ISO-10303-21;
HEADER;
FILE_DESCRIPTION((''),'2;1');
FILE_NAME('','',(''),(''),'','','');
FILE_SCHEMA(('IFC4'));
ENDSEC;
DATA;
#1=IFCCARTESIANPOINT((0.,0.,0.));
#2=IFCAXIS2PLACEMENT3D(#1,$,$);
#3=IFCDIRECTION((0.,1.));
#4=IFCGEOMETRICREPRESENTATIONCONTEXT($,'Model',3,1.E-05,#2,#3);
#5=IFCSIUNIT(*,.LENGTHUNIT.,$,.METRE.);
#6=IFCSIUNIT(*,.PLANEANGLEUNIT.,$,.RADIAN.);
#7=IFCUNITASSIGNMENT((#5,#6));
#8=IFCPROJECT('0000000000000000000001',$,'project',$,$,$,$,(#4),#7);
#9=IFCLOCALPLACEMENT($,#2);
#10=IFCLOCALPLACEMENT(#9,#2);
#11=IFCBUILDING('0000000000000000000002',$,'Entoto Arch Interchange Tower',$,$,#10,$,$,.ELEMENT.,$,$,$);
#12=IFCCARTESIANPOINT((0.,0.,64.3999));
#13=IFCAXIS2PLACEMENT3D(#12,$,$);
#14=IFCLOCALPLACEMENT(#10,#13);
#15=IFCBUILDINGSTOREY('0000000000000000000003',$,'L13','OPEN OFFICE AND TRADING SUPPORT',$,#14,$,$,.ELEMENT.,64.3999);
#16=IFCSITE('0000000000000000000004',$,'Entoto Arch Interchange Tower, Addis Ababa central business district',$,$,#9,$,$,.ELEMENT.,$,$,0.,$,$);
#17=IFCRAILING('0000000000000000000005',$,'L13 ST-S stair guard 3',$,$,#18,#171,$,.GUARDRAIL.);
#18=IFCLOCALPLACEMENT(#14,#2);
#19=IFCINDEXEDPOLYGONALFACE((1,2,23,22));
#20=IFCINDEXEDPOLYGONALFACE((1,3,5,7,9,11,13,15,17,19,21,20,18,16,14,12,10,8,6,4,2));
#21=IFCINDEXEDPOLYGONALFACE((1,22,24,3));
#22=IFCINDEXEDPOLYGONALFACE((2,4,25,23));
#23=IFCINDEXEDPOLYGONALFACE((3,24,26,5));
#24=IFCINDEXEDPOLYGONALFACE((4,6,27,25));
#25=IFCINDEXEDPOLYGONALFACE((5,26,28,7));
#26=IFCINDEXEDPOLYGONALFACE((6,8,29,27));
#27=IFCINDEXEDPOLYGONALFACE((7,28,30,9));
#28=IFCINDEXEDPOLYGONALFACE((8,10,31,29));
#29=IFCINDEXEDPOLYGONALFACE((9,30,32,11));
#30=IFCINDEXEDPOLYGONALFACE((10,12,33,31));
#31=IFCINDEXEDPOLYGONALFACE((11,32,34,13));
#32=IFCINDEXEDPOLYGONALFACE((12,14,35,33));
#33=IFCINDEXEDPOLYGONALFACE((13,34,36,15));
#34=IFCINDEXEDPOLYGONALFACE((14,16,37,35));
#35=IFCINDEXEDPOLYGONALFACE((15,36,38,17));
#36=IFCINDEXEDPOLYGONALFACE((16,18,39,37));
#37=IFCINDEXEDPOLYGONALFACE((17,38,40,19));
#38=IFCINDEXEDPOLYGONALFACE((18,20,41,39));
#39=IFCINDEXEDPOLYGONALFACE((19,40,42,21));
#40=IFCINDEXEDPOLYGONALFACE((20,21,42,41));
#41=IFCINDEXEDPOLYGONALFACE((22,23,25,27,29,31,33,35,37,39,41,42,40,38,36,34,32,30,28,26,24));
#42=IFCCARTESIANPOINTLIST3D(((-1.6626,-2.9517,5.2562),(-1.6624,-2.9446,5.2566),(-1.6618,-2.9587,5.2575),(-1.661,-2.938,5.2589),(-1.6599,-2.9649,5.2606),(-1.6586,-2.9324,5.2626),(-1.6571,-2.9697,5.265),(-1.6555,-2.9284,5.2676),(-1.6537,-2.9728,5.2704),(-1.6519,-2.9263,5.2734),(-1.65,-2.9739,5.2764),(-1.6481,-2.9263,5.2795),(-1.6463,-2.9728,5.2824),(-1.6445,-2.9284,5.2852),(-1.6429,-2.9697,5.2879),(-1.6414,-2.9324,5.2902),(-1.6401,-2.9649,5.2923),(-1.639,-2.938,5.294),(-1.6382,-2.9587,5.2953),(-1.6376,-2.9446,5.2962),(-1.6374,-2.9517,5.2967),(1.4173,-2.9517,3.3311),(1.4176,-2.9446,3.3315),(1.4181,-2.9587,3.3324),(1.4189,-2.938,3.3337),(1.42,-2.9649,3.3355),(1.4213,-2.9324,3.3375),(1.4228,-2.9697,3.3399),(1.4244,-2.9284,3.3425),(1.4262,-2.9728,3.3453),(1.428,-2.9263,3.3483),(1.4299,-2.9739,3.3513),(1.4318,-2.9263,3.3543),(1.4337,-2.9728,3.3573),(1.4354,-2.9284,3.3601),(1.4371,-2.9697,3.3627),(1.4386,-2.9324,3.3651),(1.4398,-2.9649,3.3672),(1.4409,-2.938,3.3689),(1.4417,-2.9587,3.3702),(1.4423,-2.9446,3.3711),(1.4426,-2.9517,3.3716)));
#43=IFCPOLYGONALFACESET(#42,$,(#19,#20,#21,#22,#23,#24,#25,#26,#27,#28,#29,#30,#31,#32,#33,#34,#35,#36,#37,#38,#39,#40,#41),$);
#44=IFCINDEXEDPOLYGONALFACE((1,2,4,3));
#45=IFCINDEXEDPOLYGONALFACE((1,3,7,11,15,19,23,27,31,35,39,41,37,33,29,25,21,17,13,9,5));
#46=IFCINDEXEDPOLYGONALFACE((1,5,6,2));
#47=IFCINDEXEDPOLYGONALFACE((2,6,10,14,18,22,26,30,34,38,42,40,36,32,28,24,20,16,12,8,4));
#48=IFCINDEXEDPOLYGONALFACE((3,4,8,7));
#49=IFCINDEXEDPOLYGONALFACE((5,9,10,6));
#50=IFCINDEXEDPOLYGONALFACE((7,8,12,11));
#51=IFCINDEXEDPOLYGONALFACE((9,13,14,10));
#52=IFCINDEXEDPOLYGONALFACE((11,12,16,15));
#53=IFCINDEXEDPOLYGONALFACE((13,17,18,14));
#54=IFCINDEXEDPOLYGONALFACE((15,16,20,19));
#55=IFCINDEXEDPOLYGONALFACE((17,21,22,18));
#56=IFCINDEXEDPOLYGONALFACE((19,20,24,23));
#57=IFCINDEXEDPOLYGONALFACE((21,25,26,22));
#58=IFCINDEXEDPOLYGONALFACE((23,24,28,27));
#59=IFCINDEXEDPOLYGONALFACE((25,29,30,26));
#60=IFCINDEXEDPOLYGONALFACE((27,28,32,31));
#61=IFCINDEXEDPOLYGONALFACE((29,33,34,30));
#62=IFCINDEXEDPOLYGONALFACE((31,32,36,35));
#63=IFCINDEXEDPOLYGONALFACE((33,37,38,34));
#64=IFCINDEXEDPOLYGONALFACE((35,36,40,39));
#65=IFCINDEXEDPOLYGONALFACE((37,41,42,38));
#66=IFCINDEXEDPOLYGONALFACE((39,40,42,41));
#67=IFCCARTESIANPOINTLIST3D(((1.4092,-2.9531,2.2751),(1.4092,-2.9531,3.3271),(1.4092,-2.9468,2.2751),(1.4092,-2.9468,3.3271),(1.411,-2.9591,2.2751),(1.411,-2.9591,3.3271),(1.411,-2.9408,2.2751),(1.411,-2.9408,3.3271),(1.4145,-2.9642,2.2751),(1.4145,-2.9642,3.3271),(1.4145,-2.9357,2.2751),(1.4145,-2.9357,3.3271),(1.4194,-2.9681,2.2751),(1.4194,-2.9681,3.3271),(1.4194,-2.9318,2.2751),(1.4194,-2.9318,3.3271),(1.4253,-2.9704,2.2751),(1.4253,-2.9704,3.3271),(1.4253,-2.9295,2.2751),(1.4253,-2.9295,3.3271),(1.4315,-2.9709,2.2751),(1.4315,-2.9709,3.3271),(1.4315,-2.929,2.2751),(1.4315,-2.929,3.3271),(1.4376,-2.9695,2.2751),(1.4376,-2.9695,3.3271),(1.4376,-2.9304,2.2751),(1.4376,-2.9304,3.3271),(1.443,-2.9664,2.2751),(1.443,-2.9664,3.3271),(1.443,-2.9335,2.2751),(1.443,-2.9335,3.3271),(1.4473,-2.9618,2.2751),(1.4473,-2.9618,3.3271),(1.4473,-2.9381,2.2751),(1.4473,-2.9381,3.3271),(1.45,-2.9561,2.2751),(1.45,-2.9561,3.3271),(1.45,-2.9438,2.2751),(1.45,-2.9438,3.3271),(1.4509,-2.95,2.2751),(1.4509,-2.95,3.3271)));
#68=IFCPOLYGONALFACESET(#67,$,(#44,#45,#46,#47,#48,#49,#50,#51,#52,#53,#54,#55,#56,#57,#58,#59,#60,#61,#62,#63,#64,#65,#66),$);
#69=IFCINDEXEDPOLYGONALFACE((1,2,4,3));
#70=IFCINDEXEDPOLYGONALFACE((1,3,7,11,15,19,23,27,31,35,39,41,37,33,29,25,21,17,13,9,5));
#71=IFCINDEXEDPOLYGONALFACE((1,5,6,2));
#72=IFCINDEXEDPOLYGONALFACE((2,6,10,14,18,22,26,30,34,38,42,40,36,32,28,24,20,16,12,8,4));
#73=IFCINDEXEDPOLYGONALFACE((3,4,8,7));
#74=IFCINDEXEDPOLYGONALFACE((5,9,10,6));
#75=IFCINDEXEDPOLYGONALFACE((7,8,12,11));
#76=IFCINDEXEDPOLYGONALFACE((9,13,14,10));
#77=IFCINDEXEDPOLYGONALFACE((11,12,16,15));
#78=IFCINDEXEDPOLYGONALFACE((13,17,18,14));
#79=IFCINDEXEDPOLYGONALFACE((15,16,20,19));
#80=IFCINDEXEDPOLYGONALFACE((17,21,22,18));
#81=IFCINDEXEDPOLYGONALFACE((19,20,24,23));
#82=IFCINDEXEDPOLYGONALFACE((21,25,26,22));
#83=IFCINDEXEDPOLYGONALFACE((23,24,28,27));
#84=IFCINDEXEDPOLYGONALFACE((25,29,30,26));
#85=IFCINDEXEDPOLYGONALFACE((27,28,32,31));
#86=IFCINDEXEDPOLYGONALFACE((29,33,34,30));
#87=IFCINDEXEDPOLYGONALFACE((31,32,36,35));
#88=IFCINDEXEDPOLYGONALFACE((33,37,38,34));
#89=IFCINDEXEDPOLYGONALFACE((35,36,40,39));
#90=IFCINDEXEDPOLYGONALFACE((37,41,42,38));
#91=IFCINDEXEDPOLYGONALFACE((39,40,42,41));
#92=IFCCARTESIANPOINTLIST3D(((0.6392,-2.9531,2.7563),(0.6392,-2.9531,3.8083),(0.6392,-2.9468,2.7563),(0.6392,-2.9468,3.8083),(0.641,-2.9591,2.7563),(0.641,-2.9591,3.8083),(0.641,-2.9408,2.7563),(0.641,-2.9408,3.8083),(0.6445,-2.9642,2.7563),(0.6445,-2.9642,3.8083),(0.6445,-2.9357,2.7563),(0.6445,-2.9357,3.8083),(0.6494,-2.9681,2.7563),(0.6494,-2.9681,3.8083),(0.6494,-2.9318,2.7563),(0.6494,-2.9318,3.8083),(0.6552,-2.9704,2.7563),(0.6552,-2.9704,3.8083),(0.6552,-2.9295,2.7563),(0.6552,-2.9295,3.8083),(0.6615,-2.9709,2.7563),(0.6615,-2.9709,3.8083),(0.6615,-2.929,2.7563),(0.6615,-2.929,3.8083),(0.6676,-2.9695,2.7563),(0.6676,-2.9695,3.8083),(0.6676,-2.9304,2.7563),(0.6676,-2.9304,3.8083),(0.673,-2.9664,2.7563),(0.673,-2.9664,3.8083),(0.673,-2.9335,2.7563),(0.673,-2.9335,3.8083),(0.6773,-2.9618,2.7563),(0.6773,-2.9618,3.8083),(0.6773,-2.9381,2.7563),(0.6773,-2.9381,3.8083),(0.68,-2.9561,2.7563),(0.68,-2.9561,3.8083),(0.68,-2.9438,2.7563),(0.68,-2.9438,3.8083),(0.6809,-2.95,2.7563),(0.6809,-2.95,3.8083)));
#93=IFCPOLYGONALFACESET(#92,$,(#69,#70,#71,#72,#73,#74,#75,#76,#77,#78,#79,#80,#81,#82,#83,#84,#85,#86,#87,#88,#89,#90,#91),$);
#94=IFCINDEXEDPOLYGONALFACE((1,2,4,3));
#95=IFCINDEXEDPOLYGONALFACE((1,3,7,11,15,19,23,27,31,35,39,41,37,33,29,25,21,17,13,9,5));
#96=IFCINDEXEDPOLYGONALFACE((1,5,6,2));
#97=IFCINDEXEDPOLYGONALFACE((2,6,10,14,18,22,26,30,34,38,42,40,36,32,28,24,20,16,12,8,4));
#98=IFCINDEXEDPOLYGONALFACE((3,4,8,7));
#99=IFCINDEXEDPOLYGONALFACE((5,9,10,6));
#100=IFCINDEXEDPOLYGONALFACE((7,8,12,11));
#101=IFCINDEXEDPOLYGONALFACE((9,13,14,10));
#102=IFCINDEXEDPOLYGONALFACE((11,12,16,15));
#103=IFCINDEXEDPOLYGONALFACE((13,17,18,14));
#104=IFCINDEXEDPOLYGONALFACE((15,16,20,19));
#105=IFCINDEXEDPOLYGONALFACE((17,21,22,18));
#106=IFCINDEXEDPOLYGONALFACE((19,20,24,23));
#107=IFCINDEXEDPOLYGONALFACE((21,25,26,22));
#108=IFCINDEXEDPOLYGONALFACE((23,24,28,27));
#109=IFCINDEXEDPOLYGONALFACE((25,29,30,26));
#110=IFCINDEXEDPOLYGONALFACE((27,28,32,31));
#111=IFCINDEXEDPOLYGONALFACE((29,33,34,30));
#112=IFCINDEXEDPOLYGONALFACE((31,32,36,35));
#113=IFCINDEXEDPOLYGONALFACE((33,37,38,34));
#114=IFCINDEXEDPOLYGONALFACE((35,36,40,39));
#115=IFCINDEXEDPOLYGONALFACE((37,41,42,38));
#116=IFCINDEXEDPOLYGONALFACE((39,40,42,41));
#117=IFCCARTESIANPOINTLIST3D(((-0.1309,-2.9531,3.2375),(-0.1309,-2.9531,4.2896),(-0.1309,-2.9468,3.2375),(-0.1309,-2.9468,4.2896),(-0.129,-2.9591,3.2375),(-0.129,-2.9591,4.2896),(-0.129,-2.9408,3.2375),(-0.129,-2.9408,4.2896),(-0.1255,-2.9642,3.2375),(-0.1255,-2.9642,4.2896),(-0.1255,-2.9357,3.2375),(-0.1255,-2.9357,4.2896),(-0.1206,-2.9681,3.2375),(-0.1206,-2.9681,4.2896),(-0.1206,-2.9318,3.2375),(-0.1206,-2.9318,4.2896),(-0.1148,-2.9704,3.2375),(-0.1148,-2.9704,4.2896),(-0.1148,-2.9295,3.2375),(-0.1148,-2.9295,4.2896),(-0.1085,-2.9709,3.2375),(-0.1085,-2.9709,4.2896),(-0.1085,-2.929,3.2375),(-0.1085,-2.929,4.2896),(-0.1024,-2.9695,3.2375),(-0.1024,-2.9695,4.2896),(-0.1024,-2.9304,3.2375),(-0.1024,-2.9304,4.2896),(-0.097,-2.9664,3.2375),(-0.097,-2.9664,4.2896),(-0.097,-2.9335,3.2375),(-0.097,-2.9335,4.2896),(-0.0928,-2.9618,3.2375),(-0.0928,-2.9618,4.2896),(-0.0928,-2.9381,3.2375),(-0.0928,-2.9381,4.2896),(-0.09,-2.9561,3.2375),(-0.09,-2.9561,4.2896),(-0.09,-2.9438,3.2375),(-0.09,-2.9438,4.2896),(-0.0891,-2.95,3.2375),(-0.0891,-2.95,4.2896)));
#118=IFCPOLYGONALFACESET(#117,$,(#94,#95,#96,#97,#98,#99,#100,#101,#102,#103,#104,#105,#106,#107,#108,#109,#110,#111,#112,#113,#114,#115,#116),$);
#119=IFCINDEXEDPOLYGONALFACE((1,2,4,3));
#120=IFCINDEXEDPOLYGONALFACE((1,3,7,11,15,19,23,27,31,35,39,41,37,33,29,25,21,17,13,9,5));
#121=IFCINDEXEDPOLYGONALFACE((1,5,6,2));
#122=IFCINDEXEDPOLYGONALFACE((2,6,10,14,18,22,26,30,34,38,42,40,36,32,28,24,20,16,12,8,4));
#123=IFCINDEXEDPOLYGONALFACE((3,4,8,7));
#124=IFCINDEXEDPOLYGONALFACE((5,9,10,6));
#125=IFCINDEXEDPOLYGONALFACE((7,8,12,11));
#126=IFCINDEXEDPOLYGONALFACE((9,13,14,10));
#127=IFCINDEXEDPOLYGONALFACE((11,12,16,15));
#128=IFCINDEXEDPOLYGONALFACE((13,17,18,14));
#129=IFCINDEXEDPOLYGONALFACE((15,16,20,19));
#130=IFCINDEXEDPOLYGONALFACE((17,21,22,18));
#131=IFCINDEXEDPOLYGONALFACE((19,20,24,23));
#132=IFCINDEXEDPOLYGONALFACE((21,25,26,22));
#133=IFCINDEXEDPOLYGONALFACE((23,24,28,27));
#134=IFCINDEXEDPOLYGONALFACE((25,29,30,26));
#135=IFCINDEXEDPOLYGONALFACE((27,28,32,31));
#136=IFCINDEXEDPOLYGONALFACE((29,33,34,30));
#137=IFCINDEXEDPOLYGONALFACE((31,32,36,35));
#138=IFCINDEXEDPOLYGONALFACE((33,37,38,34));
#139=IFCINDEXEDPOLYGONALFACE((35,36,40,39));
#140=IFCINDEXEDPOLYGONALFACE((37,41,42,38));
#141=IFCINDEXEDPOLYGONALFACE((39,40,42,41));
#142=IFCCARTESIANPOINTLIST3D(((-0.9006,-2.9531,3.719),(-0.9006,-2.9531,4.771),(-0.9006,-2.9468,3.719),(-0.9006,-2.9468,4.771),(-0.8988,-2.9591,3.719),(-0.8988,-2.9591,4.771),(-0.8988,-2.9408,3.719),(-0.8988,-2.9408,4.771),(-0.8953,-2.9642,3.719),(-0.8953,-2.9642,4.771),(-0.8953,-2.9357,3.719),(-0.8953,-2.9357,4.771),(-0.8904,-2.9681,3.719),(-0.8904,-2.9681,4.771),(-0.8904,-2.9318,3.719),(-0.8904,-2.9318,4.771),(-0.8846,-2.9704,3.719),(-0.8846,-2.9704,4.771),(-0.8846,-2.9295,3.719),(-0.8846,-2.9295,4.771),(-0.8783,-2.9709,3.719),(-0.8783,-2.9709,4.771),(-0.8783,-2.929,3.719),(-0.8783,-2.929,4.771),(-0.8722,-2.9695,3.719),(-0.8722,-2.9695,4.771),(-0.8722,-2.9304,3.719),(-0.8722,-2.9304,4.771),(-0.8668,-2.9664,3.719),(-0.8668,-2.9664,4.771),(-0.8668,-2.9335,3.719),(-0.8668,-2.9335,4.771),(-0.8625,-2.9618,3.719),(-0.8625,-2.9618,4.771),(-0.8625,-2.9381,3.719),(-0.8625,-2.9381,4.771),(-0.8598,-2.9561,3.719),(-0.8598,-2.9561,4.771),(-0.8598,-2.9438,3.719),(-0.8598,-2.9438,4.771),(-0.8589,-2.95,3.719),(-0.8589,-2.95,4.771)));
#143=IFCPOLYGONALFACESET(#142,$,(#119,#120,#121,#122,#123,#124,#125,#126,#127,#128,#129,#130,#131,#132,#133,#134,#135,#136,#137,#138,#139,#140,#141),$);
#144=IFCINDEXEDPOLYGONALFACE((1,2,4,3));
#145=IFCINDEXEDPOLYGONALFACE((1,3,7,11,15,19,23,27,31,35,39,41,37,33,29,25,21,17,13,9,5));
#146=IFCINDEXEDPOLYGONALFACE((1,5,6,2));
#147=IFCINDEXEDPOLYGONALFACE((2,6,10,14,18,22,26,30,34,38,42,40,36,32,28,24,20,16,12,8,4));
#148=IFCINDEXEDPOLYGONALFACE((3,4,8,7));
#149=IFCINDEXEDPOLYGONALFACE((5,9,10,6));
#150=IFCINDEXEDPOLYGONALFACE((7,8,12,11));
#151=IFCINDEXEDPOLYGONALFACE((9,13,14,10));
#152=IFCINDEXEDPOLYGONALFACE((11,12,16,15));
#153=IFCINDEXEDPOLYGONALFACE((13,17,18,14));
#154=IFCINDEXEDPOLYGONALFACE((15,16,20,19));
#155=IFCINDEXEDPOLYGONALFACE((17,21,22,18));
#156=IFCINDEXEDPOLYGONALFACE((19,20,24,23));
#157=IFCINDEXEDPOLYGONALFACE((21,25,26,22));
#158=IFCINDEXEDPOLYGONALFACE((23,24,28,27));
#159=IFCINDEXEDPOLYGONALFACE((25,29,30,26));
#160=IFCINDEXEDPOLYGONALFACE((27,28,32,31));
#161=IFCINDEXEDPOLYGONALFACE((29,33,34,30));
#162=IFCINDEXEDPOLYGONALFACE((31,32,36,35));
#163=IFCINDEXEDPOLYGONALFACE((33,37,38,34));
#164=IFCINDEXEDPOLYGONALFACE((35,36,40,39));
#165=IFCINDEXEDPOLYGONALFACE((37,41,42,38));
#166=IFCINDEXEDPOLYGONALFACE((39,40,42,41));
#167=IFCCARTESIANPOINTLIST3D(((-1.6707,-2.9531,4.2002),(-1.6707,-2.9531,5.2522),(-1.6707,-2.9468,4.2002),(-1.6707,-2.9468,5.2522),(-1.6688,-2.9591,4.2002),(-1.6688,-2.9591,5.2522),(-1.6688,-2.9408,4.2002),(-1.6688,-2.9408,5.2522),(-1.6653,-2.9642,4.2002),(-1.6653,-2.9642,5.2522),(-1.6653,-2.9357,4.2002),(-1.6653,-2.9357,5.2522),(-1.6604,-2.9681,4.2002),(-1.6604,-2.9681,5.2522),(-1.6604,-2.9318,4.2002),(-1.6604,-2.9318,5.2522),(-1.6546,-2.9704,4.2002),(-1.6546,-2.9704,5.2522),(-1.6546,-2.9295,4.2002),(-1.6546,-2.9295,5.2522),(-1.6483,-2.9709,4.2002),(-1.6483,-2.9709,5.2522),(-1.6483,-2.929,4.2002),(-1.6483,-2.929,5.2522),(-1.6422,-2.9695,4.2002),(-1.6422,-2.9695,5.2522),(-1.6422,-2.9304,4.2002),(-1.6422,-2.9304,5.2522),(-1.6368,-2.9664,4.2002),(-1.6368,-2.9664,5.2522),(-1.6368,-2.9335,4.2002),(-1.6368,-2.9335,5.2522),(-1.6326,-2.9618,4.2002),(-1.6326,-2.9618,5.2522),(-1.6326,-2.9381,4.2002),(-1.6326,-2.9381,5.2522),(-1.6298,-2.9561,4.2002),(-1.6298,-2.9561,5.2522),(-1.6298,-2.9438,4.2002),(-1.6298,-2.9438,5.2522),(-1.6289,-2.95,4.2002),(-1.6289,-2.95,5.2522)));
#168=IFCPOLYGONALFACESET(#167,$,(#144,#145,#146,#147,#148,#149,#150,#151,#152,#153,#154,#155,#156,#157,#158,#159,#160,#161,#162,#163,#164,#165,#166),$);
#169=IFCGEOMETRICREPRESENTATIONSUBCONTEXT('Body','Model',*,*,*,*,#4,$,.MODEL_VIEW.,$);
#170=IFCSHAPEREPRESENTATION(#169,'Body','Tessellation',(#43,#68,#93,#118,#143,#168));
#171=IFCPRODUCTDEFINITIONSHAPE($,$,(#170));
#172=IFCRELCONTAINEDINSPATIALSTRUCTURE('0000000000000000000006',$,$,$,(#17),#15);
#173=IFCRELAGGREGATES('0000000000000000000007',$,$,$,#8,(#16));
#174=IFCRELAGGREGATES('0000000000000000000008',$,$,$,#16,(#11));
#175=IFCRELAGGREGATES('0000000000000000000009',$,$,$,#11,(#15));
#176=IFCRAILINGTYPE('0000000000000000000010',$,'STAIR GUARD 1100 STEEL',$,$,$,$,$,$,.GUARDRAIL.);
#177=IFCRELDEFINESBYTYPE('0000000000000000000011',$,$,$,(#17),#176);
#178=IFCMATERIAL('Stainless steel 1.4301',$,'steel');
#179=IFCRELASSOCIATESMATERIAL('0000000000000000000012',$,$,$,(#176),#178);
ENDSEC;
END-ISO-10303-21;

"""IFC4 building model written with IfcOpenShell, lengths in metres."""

from ifc_helpers import new_model, si_unit, direction, frame, origin, origin_2d, place, context, subcontext, project, spatial, circle, extrude, material, type_object, element, save


model = new_model("IFC4")

# Units and contexts
model_context = context("Model", 3, precision=1e-05, world=origin(), true_north=direction((0.0, 1.0)))
body_context = subcontext(model_context, "Body", "Model", "MODEL_VIEW")
ifc_project = project(units=[si_unit("LENGTHUNIT", "METRE"), si_unit("PLANEANGLEUNIT", "RADIAN")], contexts=[model_context])

# Site, building, storey
site_placement = place(None, origin())
site = spatial("IfcSite", under=ifc_project, at=site_placement, Name="Entoto Arch Interchange Tower, Addis Ababa central business district", CompositionType="ELEMENT", RefElevation=0.0)
building_placement = place(site_placement, origin())
building = spatial("IfcBuilding", under=site, at=building_placement, Name="Entoto Arch Interchange Tower", CompositionType="ELEMENT")
storey_placement = place(building_placement, frame((0.0, 0.0, 64.3999)))
storey = spatial("IfcBuildingStorey", under=building, at=storey_placement, Name="L13", Description="OPEN OFFICE AND TRADING SUPPORT", CompositionType="ELEMENT", Elevation=64.3999)

# Railing
ifc_material_1 = material(Name="Stainless steel 1.4301", Category="steel")
railing_type_1 = type_object("IfcRailingType", Name="STAIR GUARD 1100 STEEL", PredefinedType="GUARDRAIL", material=ifc_material_1)
railing_1_placement = place(storey_placement, frame((1.4299, -2.95, 2.2751)))
element("IfcRailing", 1, at=railing_1_placement, inside=storey, type_object=railing_type_1, Name="L13 ST-S stair guard 3", PredefinedType="GUARDRAIL", context=body_context, shape_type="SweptSolid", body=[
    extrude(circle(Radius=0.0239, at=origin_2d()), frame((0.0, 0.0, 1.0762), z_axis=(-0.847979, 0.0, 0.530029), x_axis=(0.0, -1.0, 0.0)), (0.0, 0.0, 1.0), 3.6321),
    extrude(circle(Radius=0.021, at=origin_2d()), origin(), (0.0, 0.0, 1.0), 1.052),
    extrude(circle(Radius=0.021, at=origin_2d()), frame((-0.77, 0.0, 0.4812)), (0.0, 0.0, 1.0), 1.052),
    extrude(circle(Radius=0.021, at=origin_2d()), frame((-1.54, 0.0, 0.9624)), (0.0, 0.0, 1.0), 1.052),
    extrude(circle(Radius=0.021, at=origin_2d()), frame((-2.3098, 0.0, 1.4438)), (0.0, 0.0, 1.0), 1.052),
    extrude(circle(Radius=0.021, at=origin_2d()), frame((-3.0798, 0.0, 1.925)), (0.0, 0.0, 1.0), 1.052),
])

save(model, "model.ifc")
